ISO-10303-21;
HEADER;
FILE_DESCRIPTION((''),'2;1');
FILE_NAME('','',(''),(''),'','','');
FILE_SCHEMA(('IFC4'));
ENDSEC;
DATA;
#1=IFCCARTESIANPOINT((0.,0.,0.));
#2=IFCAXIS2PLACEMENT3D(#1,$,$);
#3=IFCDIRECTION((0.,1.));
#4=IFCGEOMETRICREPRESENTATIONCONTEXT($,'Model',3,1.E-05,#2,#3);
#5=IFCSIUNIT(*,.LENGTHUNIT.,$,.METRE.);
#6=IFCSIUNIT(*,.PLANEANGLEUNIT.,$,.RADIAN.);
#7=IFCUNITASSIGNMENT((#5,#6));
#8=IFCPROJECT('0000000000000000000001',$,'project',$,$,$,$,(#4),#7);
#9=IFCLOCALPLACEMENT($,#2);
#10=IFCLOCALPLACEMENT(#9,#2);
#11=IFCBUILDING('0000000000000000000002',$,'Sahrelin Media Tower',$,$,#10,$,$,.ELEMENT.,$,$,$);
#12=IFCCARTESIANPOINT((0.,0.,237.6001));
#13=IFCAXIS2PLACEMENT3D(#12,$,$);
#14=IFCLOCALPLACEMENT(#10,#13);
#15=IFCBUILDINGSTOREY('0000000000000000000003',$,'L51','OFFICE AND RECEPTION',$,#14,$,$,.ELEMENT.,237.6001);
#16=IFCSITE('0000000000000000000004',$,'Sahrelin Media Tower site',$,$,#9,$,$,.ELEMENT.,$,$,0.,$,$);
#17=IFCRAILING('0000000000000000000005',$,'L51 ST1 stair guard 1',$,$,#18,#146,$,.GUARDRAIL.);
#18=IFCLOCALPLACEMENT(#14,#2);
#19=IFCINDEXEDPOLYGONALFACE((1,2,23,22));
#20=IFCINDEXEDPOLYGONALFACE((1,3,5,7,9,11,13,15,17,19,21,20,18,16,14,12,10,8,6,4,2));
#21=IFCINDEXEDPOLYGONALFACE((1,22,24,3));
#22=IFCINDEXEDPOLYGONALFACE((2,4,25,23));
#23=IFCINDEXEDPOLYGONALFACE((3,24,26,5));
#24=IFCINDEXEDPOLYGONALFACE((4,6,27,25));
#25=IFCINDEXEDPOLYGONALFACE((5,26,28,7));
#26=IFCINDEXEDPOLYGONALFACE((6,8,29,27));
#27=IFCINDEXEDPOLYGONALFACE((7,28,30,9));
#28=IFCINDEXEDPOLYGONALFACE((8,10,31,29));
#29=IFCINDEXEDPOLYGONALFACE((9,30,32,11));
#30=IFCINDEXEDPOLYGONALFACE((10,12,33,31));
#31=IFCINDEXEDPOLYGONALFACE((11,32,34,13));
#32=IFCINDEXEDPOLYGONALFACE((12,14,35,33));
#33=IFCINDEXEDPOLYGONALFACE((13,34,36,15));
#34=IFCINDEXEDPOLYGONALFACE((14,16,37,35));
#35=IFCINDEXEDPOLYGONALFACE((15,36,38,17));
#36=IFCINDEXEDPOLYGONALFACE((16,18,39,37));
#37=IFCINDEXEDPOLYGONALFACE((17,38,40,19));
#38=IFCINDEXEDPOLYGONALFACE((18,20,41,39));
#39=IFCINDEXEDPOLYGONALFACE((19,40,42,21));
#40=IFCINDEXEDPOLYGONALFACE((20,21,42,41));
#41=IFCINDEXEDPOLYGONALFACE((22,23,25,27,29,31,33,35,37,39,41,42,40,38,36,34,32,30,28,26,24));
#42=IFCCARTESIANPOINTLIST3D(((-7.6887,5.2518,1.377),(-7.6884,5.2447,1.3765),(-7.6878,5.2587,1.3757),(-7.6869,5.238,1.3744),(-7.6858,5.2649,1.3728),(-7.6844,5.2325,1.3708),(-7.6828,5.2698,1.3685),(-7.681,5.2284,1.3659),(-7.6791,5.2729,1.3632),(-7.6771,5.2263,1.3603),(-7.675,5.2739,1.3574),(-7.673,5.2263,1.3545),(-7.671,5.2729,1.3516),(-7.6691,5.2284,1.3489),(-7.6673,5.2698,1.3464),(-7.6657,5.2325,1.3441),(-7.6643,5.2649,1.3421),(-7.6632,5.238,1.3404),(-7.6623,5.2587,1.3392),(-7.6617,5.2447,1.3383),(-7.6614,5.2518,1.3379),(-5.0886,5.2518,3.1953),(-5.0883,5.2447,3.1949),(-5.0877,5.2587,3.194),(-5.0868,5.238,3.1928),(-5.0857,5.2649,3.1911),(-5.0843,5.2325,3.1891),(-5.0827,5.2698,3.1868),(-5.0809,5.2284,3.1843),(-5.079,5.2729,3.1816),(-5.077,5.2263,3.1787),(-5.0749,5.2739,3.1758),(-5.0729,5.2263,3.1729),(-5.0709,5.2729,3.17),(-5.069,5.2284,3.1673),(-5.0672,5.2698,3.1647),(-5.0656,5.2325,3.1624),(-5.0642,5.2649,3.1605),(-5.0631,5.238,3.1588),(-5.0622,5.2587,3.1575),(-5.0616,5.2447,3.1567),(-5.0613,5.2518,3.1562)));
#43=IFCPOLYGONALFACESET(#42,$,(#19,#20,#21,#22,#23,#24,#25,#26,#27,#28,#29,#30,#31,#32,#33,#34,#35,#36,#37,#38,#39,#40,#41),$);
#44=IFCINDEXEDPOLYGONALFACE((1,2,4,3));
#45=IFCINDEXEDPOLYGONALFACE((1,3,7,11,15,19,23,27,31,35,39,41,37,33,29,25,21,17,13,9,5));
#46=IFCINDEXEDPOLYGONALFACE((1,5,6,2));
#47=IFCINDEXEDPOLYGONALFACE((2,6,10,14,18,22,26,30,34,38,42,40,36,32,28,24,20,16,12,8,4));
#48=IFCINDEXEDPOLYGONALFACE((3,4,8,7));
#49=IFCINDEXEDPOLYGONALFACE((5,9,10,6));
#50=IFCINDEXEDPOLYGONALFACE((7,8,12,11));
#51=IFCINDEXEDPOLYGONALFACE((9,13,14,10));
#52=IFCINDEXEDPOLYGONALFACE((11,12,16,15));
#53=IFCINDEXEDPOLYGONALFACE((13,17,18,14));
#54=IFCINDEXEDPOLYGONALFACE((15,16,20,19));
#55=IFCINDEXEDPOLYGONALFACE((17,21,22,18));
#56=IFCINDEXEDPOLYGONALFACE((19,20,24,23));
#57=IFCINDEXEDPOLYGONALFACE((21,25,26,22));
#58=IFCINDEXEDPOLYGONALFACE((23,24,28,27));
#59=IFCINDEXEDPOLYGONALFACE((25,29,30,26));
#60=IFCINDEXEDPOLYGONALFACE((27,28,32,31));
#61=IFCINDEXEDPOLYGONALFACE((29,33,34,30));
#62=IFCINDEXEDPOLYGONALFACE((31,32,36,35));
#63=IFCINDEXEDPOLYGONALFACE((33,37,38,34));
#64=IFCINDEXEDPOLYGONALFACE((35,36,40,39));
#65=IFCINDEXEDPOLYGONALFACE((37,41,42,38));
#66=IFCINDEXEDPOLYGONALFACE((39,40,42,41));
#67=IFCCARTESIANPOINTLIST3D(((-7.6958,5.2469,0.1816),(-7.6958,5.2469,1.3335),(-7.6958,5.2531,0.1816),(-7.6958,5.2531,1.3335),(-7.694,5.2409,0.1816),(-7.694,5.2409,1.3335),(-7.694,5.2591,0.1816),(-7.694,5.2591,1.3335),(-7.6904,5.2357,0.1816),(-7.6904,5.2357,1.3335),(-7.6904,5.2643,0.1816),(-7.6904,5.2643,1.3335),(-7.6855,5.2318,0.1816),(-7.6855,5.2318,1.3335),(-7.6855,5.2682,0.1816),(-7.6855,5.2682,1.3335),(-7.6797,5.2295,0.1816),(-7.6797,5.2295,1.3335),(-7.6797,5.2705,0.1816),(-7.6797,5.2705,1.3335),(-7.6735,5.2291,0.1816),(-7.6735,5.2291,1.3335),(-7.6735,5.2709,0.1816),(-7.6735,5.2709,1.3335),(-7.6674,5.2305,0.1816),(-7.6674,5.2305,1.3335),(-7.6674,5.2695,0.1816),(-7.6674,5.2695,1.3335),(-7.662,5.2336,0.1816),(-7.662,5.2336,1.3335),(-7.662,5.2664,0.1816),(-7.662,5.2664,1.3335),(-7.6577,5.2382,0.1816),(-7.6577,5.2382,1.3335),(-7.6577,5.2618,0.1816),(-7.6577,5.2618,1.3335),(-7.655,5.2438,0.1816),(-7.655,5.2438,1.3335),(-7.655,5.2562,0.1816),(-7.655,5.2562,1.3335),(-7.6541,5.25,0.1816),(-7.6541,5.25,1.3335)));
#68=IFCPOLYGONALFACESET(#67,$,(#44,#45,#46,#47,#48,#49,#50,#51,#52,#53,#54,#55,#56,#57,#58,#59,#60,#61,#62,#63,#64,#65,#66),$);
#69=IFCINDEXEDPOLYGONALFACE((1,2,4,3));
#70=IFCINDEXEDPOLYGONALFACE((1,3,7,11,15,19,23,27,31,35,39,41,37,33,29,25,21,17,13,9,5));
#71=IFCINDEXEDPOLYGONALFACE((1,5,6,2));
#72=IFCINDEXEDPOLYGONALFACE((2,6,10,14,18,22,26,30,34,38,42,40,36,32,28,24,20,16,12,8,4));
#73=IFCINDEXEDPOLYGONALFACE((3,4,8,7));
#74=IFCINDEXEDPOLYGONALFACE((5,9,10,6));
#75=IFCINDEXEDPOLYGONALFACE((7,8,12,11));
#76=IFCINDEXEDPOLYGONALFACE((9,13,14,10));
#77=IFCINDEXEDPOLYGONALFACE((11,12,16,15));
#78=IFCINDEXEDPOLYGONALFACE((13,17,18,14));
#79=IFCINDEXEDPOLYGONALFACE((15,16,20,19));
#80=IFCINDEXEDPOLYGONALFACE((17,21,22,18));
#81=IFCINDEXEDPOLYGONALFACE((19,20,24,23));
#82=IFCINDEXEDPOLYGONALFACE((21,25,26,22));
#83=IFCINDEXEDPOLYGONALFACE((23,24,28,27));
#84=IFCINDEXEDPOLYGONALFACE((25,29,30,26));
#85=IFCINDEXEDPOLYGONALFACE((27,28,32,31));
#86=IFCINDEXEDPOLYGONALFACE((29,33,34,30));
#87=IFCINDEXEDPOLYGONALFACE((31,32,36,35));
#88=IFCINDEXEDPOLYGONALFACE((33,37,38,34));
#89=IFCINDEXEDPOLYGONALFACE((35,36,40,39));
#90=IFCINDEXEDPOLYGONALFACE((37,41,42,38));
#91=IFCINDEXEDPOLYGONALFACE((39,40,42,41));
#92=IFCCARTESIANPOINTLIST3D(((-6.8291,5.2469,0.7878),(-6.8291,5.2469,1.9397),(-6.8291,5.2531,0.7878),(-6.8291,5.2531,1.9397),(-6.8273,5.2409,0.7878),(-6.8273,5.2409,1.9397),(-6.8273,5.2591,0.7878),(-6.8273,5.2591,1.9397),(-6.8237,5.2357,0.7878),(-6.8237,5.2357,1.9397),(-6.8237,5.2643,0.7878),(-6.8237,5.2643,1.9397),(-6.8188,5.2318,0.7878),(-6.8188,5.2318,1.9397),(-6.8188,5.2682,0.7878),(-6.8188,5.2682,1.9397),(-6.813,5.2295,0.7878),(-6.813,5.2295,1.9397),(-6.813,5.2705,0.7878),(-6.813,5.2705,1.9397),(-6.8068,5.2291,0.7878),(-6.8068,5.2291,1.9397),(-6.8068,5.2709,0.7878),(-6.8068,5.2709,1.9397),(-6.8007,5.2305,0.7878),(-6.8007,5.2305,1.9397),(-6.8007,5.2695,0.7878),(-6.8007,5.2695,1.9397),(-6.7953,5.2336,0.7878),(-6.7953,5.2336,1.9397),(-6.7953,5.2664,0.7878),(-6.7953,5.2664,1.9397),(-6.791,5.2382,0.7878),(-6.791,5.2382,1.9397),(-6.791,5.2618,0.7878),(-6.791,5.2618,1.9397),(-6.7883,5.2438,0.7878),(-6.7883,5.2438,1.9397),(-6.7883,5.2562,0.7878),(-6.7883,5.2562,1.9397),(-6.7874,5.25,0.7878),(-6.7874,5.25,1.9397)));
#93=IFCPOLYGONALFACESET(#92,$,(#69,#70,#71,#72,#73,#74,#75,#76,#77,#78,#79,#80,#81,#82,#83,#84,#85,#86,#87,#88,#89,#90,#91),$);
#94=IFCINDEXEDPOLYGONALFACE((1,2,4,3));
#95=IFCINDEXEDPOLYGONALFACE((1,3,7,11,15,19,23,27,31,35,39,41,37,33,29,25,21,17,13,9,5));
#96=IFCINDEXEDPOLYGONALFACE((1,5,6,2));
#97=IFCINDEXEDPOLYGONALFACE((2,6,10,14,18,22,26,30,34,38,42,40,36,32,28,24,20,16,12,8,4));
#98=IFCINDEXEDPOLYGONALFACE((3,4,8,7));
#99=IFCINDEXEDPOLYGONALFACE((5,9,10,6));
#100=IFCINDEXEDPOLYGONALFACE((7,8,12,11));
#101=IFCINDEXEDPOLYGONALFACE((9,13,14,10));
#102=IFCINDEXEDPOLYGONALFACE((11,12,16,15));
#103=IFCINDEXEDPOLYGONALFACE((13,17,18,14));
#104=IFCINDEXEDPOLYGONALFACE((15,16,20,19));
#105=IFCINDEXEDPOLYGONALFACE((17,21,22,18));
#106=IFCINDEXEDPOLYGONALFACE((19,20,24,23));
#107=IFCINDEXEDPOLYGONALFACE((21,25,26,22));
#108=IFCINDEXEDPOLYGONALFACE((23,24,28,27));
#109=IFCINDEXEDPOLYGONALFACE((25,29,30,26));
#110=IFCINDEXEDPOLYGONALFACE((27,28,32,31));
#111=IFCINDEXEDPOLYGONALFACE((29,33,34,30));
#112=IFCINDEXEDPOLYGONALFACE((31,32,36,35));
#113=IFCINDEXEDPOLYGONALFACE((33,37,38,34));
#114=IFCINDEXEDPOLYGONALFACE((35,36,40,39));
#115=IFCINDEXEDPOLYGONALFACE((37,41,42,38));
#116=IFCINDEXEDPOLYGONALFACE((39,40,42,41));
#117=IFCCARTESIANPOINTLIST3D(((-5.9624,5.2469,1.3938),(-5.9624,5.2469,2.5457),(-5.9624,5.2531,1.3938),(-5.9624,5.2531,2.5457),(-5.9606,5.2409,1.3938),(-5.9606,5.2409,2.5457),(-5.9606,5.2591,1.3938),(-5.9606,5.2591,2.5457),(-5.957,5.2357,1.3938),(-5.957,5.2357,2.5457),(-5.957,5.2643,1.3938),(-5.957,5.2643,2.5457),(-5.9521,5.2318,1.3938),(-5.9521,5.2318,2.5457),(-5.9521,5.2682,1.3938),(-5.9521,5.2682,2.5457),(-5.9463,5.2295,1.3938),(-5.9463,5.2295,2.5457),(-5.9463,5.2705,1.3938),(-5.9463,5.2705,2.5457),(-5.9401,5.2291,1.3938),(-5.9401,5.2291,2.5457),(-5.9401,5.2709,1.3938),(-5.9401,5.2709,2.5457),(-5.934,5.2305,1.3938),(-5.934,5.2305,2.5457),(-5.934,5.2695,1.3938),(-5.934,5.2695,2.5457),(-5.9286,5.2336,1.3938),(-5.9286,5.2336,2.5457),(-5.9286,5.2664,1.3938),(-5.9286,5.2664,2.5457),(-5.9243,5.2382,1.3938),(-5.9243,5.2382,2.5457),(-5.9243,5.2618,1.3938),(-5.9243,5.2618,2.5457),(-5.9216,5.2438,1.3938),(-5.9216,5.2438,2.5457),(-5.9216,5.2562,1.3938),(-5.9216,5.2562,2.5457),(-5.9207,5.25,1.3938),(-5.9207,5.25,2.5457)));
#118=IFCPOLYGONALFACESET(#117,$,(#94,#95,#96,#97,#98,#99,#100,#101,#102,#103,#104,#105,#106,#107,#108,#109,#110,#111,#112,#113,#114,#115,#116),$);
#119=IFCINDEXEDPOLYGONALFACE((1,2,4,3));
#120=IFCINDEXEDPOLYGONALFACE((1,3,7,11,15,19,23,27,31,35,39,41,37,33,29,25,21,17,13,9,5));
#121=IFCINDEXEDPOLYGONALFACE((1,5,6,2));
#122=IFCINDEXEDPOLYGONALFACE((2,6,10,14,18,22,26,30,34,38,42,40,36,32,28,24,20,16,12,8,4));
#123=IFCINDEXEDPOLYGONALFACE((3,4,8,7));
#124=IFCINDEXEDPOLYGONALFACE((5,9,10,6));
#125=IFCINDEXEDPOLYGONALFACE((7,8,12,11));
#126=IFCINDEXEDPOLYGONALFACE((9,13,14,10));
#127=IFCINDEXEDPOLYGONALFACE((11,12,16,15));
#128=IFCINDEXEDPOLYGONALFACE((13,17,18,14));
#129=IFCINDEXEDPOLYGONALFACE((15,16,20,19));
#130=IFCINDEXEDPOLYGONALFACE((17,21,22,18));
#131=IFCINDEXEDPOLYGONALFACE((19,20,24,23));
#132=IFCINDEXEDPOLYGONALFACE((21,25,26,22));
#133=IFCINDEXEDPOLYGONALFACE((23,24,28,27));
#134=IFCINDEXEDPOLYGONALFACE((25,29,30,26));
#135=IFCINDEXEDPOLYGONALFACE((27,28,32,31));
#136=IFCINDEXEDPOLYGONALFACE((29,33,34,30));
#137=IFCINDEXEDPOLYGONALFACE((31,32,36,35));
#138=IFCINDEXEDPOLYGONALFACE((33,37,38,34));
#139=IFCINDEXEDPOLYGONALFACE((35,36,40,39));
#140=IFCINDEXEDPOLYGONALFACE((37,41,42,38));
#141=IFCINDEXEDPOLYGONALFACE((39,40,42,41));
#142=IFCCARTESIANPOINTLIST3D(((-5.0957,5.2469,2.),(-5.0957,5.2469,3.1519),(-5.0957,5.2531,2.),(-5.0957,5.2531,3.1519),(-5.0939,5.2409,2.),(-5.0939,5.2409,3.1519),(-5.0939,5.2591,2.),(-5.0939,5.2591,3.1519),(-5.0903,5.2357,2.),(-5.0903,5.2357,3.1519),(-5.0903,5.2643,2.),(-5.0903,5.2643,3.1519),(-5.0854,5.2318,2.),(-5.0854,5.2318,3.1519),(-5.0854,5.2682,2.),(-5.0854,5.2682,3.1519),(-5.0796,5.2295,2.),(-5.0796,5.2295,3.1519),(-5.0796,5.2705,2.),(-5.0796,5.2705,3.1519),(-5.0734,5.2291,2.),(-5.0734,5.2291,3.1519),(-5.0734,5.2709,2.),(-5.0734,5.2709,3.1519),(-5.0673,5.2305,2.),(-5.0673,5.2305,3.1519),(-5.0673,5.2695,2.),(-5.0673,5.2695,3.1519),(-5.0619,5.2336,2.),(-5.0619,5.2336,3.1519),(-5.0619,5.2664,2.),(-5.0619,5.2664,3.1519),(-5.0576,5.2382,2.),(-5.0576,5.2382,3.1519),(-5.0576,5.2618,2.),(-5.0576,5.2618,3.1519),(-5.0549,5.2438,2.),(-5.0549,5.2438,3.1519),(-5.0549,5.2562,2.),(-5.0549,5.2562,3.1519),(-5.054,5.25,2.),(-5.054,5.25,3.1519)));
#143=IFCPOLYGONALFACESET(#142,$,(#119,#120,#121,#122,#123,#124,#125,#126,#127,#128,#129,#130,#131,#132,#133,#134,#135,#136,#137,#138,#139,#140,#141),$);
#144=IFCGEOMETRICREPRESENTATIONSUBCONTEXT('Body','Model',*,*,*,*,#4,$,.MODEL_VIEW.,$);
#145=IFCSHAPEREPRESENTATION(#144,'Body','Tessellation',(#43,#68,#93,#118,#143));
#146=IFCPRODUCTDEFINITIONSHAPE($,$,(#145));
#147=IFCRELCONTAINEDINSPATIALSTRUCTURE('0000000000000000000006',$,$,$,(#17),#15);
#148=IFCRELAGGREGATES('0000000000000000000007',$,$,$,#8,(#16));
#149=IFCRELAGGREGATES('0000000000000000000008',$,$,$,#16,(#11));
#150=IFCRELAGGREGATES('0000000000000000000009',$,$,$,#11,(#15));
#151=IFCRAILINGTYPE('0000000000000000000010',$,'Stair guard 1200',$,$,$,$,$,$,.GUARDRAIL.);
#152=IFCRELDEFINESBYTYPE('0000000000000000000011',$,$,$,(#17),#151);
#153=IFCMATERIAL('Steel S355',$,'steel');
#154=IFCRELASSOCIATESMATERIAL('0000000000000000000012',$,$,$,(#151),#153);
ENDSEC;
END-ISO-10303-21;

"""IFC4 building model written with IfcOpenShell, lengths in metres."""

from ifc_helpers import new_model, si_unit, direction, frame, origin, origin_2d, place, context, subcontext, project, spatial, circle, extrude, material, type_object, element, save


model = new_model("IFC4")

# Units and contexts
model_context = context("Model", 3, precision=1e-05, world=origin(), true_north=direction((0.0, 1.0)))
body_context = subcontext(model_context, "Body", "Model", "MODEL_VIEW")
ifc_project = project(units=[si_unit("LENGTHUNIT", "METRE"), si_unit("PLANEANGLEUNIT", "RADIAN")], contexts=[model_context])

# Site, building, storey
site_placement = place(None, origin())
site = spatial("IfcSite", under=ifc_project, at=site_placement, Name="Sahrelin Media Tower site", CompositionType="ELEMENT", RefElevation=0.0)
building_placement = place(site_placement, origin())
building = spatial("IfcBuilding", under=site, at=building_placement, Name="Sahrelin Media Tower", CompositionType="ELEMENT")
storey_placement = place(building_placement, frame((0.0, 0.0, 237.6001)))
storey = spatial("IfcBuildingStorey", under=building, at=storey_placement, Name="L51", Description="OFFICE AND RECEPTION", CompositionType="ELEMENT", Elevation=237.6001)

# Shared definitions
ifc_material_1 = material(Name="Steel S355", Category="steel")

# Railing
railing_type_1 = type_object("IfcRailingType", Name="Stair guard 1200", PredefinedType="GUARDRAIL", material=ifc_material_1)
railing_1_placement = place(storey_placement, frame((-7.675, 5.25, 0.1816)))
element("IfcRailing", 1, at=railing_1_placement, inside=storey, type_object=railing_type_1, Name="L51 ST1 stair guard 1", PredefinedType="GUARDRAIL", context=body_context, shape_type="SweptSolid", body=[
    extrude(circle(Radius=0.0239, at=origin_2d()), frame((0.0, 0.0, 1.1758), z_axis=(0.819485, 0.0, 0.573101), x_axis=(0.0, 1.0, 0.0)), (0.0, 0.0, 1.0), 3.1729),
    extrude(circle(Radius=0.021, at=origin_2d()), origin(), (0.0, 0.0, 1.0), 1.1519),
    extrude(circle(Radius=0.021, at=origin_2d()), frame((0.8667, 0.0, 0.6062)), (0.0, 0.0, 1.0), 1.1519),
    extrude(circle(Radius=0.021, at=origin_2d()), frame((1.7334, 0.0, 1.2122)), (0.0, 0.0, 1.0), 1.1519),
    extrude(circle(Radius=0.021, at=origin_2d()), frame((2.6001, 0.0, 1.8184)), (0.0, 0.0, 1.0), 1.1519),
])

save(model, "model.ifc")
